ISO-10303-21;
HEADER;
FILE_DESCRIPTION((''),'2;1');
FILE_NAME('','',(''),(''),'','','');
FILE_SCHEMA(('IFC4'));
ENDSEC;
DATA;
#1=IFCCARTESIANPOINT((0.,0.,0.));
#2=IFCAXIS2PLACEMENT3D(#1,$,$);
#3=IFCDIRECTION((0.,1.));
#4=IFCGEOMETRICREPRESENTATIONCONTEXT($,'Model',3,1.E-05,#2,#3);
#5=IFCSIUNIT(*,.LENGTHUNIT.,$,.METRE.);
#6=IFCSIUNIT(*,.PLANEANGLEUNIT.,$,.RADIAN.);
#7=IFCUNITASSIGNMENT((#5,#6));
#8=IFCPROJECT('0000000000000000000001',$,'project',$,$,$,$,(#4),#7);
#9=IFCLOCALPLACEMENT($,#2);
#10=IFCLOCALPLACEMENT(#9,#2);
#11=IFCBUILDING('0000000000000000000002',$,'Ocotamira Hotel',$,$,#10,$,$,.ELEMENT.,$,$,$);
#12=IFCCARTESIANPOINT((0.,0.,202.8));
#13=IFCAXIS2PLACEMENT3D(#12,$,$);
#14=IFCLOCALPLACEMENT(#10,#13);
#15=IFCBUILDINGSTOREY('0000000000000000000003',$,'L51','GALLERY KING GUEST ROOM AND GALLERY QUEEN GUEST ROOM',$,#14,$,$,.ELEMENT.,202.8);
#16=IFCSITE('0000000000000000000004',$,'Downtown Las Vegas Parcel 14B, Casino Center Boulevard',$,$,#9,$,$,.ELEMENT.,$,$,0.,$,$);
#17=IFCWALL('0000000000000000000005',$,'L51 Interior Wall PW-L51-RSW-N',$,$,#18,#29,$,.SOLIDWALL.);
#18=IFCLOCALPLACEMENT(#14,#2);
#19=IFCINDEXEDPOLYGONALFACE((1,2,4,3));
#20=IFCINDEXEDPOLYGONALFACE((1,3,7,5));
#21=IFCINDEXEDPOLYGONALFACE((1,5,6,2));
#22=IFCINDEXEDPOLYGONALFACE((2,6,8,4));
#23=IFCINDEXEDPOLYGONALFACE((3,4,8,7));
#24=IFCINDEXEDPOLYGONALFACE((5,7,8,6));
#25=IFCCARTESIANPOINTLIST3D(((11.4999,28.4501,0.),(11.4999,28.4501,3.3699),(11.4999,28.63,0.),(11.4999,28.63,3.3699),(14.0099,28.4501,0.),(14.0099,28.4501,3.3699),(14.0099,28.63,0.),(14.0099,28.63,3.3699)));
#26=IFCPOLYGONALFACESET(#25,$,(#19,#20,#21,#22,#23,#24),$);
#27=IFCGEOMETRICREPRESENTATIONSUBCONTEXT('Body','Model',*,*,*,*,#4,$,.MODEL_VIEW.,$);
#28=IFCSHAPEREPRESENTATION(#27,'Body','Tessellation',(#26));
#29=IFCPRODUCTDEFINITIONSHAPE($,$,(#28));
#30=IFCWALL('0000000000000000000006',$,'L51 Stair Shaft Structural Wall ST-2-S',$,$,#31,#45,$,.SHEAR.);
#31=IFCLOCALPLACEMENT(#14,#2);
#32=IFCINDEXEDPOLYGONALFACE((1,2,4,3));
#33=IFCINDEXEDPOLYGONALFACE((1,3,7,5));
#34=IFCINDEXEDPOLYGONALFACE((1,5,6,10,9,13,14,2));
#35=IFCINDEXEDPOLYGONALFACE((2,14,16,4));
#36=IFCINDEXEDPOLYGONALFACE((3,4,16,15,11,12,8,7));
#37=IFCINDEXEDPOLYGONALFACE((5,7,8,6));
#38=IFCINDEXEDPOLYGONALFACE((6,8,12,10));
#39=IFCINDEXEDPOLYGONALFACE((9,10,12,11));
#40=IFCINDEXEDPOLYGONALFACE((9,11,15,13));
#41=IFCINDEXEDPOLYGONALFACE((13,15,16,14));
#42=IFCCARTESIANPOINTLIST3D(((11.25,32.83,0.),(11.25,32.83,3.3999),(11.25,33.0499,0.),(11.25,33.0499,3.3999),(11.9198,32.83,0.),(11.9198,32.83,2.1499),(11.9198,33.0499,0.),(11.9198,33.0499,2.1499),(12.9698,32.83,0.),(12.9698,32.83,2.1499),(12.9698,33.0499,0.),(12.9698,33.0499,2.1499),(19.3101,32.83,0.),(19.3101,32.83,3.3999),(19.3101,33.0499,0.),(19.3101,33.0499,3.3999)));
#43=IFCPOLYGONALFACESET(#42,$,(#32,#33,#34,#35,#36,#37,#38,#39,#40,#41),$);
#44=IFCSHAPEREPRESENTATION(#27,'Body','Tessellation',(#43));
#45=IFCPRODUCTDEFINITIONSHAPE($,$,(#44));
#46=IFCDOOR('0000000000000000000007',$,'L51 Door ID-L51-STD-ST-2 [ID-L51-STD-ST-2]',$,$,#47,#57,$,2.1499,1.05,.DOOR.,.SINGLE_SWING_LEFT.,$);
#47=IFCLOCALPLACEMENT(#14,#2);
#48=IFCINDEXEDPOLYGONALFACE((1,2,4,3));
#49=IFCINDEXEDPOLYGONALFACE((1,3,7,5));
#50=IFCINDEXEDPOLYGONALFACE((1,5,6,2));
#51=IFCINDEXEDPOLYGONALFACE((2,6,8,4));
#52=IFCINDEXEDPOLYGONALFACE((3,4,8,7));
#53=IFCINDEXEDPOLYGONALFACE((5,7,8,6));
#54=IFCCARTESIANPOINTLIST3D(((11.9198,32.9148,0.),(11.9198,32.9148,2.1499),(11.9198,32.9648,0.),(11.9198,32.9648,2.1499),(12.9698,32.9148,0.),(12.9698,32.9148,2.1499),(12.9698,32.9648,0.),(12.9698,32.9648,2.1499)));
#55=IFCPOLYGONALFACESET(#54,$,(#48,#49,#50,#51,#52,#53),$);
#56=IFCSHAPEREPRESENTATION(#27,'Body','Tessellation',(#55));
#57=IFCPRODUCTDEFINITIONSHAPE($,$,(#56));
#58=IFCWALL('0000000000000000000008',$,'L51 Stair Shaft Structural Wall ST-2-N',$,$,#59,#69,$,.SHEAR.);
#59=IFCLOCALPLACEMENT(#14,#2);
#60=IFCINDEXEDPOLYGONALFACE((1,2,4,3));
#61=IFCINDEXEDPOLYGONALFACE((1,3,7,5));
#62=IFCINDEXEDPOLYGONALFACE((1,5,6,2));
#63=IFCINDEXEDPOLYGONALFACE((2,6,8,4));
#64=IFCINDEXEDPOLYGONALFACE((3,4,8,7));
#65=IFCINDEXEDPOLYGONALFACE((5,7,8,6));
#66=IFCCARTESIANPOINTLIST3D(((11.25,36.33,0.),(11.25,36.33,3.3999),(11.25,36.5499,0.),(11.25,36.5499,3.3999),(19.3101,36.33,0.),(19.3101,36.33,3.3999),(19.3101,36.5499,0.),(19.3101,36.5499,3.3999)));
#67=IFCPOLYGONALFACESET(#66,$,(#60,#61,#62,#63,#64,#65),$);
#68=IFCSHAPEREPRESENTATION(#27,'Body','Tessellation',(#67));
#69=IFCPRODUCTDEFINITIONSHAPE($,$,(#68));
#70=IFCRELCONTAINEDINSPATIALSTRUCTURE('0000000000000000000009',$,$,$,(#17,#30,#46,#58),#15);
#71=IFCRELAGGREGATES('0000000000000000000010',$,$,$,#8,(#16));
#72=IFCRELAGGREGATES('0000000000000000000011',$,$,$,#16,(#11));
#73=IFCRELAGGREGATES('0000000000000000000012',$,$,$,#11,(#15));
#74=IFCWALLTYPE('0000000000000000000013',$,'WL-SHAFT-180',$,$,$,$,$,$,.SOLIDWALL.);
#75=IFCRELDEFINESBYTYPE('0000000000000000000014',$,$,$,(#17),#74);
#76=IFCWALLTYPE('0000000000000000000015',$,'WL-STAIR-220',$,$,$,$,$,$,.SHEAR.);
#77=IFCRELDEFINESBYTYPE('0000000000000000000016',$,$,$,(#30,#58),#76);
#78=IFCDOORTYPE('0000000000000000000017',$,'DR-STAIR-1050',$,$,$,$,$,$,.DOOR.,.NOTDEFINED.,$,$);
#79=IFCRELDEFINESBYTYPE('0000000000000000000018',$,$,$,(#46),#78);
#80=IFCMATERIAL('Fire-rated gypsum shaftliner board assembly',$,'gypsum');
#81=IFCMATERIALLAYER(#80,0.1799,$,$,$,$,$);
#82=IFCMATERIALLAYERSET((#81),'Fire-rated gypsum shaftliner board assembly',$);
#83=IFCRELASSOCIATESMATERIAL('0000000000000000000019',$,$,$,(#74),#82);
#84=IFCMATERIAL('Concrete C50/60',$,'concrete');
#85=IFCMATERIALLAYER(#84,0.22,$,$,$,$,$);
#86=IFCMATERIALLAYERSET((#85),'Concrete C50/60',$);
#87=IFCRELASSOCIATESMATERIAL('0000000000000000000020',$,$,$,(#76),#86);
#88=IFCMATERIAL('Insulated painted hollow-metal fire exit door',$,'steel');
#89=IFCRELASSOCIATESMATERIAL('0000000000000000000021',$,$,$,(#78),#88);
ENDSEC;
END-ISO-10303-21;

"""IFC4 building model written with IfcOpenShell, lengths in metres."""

from ifc_helpers import new_model, si_unit, direction, frame, frame_2d, origin, place, context, subcontext, project, spatial, rectangle, extrude, source, transform, mapped, material, layer, layer_set, type_object, element, fill, save


model = new_model("IFC4")

# Units and contexts
model_context = context("Model", 3, precision=1e-05, world=origin(), true_north=direction((0.0, 1.0)))
body_context = subcontext(model_context, "Body", "Model", "MODEL_VIEW")
ifc_project = project(units=[si_unit("LENGTHUNIT", "METRE"), si_unit("PLANEANGLEUNIT", "RADIAN")], contexts=[model_context])

# Site, building, storey
site_placement = place(None, origin())
site = spatial("IfcSite", under=ifc_project, at=site_placement, Name="Downtown Las Vegas Parcel 14B, Casino Center Boulevard", CompositionType="ELEMENT", RefElevation=0.0)
building_placement = place(site_placement, origin())
building = spatial("IfcBuilding", under=site, at=building_placement, Name="Ocotamira Hotel", CompositionType="ELEMENT")
storey_placement = place(building_placement, frame((0.0, 0.0, 202.8)))
storey = spatial("IfcBuildingStorey", under=building, at=storey_placement, Name="L51", Description="GALLERY KING GUEST ROOM AND GALLERY QUEEN GUEST ROOM", CompositionType="ELEMENT", Elevation=202.8)

# Wall
ifc_material_1 = material(Name="Fire-rated gypsum shaftliner board assembly", Category="gypsum")
ifc_layer_1 = layer(ifc_material_1, 0.1799)
ifc_layer_set_1 = layer_set([ifc_layer_1], Name="Fire-rated gypsum shaftliner board assembly")
wall_type_1 = type_object("IfcWallType", Name="WL-SHAFT-180", PredefinedType="SOLIDWALL", material=ifc_layer_set_1)
for number, where, z_axis, x_axis, name in (
    (1, (11.5, 28.54, 0.0), (0.0, 0.0, 1.0), (1.0, 0.0, 0.0), "L51 Interior Wall PW-L51-RSW-N"),
):
    element("IfcWall", number, at=place(storey_placement, frame(where, z_axis=z_axis, x_axis=x_axis)), inside=storey, type_object=wall_type_1, Name=name, PredefinedType="SOLIDWALL", context=body_context, shape_type="SweptSolid", body=[
        extrude(rectangle(XDim=2.51, YDim=0.1799, at=frame_2d((1.2549, 0.0))), origin(), (0.0, 0.0, 1.0), 3.3699),
    ])

# Wall, opening, door
ifc_material_2 = material(Name="Concrete C50/60", Category="concrete")
ifc_layer_2 = layer(ifc_material_2, 0.22)
ifc_layer_set_2 = layer_set([ifc_layer_2], Name="Concrete C50/60")
wall_type_2 = type_object("IfcWallType", Name="WL-STAIR-220", PredefinedType="SHEAR", material=ifc_layer_set_2)
wall_1_placement = place(storey_placement, frame((11.25, 32.9399, 0.0), z_axis=(0.0, 0.0, 1.0), x_axis=(1.0, 0.0, 0.0)))
wall_1 = element("IfcWall", 2, at=wall_1_placement, inside=storey, type_object=wall_type_2, Name="L51 Stair Shaft Structural Wall ST-2-S", PredefinedType="SHEAR", context=body_context, shape_type="SweptSolid", body=[
    extrude(rectangle(XDim=8.0601, YDim=0.22, at=frame_2d((4.03, 0.0))), origin(), (0.0, 0.0, 1.0), 3.3999),
])
opening_placement = place(wall_1_placement, frame((0.6699, 0.0, 0.0)))
opening = element("IfcOpeningElement", 3, at=opening_placement, cuts=wall_1, PredefinedType="OPENING", context=body_context, shape_type="SweptSolid", body=[
    extrude(rectangle(XDim=1.05, YDim=2.1499, at=frame_2d((0.5249, 1.075))), frame((0.0, 0.1201, 0.0), z_axis=(0.0, -1.0, 0.0), x_axis=(1.0, 0.0, 0.0)), (0.0, 0.0, 1.0), 0.24),
])
ifc_material_3 = material(Name="Insulated painted hollow-metal fire exit door", Category="steel")
door_type = type_object("IfcDoorType", Name="DR-STAIR-1050", OperationType="NOTDEFINED", PredefinedType="DOOR", material=ifc_material_3)
shared_shape_1 = source(origin(), body_context, "Body", "SweptSolid", [
    extrude(rectangle(XDim=1.05, YDim=2.1499, at=frame_2d((0.5249, 1.075))), frame((0.0, 0.0249, 0.0), z_axis=(0.0, -1.0, 0.0), x_axis=(1.0, 0.0, 0.0)), (0.0, 0.0, 1.0), 0.05),
])
door_placement = place(opening_placement, origin())
door = element("IfcDoor", 4, at=door_placement, inside=storey, type_object=door_type, Name="L51 Door ID-L51-STD-ST-2 [ID-L51-STD-ST-2]", OperationType="SINGLE_SWING_LEFT", OverallHeight=2.1499, OverallWidth=1.05, PredefinedType="DOOR", context=body_context, shape_type="MappedRepresentation", body=[
    mapped(shared_shape_1, transform((0.0, 0.0, 0.0), scale=1.0)),
])
fill(opening, door)

# Wall
wall_2_placement = place(storey_placement, frame((11.25, 36.4399, 0.0), z_axis=(0.0, 0.0, 1.0), x_axis=(1.0, 0.0, 0.0)))
element("IfcWall", 5, at=wall_2_placement, inside=storey, type_object=wall_type_2, Name="L51 Stair Shaft Structural Wall ST-2-N", PredefinedType="SHEAR", context=body_context, shape_type="SweptSolid", body=[
    extrude(rectangle(XDim=8.0601, YDim=0.22, at=frame_2d((4.03, 0.0))), origin(), (0.0, 0.0, 1.0), 3.3999),
])

save(model, "model.ifc")
